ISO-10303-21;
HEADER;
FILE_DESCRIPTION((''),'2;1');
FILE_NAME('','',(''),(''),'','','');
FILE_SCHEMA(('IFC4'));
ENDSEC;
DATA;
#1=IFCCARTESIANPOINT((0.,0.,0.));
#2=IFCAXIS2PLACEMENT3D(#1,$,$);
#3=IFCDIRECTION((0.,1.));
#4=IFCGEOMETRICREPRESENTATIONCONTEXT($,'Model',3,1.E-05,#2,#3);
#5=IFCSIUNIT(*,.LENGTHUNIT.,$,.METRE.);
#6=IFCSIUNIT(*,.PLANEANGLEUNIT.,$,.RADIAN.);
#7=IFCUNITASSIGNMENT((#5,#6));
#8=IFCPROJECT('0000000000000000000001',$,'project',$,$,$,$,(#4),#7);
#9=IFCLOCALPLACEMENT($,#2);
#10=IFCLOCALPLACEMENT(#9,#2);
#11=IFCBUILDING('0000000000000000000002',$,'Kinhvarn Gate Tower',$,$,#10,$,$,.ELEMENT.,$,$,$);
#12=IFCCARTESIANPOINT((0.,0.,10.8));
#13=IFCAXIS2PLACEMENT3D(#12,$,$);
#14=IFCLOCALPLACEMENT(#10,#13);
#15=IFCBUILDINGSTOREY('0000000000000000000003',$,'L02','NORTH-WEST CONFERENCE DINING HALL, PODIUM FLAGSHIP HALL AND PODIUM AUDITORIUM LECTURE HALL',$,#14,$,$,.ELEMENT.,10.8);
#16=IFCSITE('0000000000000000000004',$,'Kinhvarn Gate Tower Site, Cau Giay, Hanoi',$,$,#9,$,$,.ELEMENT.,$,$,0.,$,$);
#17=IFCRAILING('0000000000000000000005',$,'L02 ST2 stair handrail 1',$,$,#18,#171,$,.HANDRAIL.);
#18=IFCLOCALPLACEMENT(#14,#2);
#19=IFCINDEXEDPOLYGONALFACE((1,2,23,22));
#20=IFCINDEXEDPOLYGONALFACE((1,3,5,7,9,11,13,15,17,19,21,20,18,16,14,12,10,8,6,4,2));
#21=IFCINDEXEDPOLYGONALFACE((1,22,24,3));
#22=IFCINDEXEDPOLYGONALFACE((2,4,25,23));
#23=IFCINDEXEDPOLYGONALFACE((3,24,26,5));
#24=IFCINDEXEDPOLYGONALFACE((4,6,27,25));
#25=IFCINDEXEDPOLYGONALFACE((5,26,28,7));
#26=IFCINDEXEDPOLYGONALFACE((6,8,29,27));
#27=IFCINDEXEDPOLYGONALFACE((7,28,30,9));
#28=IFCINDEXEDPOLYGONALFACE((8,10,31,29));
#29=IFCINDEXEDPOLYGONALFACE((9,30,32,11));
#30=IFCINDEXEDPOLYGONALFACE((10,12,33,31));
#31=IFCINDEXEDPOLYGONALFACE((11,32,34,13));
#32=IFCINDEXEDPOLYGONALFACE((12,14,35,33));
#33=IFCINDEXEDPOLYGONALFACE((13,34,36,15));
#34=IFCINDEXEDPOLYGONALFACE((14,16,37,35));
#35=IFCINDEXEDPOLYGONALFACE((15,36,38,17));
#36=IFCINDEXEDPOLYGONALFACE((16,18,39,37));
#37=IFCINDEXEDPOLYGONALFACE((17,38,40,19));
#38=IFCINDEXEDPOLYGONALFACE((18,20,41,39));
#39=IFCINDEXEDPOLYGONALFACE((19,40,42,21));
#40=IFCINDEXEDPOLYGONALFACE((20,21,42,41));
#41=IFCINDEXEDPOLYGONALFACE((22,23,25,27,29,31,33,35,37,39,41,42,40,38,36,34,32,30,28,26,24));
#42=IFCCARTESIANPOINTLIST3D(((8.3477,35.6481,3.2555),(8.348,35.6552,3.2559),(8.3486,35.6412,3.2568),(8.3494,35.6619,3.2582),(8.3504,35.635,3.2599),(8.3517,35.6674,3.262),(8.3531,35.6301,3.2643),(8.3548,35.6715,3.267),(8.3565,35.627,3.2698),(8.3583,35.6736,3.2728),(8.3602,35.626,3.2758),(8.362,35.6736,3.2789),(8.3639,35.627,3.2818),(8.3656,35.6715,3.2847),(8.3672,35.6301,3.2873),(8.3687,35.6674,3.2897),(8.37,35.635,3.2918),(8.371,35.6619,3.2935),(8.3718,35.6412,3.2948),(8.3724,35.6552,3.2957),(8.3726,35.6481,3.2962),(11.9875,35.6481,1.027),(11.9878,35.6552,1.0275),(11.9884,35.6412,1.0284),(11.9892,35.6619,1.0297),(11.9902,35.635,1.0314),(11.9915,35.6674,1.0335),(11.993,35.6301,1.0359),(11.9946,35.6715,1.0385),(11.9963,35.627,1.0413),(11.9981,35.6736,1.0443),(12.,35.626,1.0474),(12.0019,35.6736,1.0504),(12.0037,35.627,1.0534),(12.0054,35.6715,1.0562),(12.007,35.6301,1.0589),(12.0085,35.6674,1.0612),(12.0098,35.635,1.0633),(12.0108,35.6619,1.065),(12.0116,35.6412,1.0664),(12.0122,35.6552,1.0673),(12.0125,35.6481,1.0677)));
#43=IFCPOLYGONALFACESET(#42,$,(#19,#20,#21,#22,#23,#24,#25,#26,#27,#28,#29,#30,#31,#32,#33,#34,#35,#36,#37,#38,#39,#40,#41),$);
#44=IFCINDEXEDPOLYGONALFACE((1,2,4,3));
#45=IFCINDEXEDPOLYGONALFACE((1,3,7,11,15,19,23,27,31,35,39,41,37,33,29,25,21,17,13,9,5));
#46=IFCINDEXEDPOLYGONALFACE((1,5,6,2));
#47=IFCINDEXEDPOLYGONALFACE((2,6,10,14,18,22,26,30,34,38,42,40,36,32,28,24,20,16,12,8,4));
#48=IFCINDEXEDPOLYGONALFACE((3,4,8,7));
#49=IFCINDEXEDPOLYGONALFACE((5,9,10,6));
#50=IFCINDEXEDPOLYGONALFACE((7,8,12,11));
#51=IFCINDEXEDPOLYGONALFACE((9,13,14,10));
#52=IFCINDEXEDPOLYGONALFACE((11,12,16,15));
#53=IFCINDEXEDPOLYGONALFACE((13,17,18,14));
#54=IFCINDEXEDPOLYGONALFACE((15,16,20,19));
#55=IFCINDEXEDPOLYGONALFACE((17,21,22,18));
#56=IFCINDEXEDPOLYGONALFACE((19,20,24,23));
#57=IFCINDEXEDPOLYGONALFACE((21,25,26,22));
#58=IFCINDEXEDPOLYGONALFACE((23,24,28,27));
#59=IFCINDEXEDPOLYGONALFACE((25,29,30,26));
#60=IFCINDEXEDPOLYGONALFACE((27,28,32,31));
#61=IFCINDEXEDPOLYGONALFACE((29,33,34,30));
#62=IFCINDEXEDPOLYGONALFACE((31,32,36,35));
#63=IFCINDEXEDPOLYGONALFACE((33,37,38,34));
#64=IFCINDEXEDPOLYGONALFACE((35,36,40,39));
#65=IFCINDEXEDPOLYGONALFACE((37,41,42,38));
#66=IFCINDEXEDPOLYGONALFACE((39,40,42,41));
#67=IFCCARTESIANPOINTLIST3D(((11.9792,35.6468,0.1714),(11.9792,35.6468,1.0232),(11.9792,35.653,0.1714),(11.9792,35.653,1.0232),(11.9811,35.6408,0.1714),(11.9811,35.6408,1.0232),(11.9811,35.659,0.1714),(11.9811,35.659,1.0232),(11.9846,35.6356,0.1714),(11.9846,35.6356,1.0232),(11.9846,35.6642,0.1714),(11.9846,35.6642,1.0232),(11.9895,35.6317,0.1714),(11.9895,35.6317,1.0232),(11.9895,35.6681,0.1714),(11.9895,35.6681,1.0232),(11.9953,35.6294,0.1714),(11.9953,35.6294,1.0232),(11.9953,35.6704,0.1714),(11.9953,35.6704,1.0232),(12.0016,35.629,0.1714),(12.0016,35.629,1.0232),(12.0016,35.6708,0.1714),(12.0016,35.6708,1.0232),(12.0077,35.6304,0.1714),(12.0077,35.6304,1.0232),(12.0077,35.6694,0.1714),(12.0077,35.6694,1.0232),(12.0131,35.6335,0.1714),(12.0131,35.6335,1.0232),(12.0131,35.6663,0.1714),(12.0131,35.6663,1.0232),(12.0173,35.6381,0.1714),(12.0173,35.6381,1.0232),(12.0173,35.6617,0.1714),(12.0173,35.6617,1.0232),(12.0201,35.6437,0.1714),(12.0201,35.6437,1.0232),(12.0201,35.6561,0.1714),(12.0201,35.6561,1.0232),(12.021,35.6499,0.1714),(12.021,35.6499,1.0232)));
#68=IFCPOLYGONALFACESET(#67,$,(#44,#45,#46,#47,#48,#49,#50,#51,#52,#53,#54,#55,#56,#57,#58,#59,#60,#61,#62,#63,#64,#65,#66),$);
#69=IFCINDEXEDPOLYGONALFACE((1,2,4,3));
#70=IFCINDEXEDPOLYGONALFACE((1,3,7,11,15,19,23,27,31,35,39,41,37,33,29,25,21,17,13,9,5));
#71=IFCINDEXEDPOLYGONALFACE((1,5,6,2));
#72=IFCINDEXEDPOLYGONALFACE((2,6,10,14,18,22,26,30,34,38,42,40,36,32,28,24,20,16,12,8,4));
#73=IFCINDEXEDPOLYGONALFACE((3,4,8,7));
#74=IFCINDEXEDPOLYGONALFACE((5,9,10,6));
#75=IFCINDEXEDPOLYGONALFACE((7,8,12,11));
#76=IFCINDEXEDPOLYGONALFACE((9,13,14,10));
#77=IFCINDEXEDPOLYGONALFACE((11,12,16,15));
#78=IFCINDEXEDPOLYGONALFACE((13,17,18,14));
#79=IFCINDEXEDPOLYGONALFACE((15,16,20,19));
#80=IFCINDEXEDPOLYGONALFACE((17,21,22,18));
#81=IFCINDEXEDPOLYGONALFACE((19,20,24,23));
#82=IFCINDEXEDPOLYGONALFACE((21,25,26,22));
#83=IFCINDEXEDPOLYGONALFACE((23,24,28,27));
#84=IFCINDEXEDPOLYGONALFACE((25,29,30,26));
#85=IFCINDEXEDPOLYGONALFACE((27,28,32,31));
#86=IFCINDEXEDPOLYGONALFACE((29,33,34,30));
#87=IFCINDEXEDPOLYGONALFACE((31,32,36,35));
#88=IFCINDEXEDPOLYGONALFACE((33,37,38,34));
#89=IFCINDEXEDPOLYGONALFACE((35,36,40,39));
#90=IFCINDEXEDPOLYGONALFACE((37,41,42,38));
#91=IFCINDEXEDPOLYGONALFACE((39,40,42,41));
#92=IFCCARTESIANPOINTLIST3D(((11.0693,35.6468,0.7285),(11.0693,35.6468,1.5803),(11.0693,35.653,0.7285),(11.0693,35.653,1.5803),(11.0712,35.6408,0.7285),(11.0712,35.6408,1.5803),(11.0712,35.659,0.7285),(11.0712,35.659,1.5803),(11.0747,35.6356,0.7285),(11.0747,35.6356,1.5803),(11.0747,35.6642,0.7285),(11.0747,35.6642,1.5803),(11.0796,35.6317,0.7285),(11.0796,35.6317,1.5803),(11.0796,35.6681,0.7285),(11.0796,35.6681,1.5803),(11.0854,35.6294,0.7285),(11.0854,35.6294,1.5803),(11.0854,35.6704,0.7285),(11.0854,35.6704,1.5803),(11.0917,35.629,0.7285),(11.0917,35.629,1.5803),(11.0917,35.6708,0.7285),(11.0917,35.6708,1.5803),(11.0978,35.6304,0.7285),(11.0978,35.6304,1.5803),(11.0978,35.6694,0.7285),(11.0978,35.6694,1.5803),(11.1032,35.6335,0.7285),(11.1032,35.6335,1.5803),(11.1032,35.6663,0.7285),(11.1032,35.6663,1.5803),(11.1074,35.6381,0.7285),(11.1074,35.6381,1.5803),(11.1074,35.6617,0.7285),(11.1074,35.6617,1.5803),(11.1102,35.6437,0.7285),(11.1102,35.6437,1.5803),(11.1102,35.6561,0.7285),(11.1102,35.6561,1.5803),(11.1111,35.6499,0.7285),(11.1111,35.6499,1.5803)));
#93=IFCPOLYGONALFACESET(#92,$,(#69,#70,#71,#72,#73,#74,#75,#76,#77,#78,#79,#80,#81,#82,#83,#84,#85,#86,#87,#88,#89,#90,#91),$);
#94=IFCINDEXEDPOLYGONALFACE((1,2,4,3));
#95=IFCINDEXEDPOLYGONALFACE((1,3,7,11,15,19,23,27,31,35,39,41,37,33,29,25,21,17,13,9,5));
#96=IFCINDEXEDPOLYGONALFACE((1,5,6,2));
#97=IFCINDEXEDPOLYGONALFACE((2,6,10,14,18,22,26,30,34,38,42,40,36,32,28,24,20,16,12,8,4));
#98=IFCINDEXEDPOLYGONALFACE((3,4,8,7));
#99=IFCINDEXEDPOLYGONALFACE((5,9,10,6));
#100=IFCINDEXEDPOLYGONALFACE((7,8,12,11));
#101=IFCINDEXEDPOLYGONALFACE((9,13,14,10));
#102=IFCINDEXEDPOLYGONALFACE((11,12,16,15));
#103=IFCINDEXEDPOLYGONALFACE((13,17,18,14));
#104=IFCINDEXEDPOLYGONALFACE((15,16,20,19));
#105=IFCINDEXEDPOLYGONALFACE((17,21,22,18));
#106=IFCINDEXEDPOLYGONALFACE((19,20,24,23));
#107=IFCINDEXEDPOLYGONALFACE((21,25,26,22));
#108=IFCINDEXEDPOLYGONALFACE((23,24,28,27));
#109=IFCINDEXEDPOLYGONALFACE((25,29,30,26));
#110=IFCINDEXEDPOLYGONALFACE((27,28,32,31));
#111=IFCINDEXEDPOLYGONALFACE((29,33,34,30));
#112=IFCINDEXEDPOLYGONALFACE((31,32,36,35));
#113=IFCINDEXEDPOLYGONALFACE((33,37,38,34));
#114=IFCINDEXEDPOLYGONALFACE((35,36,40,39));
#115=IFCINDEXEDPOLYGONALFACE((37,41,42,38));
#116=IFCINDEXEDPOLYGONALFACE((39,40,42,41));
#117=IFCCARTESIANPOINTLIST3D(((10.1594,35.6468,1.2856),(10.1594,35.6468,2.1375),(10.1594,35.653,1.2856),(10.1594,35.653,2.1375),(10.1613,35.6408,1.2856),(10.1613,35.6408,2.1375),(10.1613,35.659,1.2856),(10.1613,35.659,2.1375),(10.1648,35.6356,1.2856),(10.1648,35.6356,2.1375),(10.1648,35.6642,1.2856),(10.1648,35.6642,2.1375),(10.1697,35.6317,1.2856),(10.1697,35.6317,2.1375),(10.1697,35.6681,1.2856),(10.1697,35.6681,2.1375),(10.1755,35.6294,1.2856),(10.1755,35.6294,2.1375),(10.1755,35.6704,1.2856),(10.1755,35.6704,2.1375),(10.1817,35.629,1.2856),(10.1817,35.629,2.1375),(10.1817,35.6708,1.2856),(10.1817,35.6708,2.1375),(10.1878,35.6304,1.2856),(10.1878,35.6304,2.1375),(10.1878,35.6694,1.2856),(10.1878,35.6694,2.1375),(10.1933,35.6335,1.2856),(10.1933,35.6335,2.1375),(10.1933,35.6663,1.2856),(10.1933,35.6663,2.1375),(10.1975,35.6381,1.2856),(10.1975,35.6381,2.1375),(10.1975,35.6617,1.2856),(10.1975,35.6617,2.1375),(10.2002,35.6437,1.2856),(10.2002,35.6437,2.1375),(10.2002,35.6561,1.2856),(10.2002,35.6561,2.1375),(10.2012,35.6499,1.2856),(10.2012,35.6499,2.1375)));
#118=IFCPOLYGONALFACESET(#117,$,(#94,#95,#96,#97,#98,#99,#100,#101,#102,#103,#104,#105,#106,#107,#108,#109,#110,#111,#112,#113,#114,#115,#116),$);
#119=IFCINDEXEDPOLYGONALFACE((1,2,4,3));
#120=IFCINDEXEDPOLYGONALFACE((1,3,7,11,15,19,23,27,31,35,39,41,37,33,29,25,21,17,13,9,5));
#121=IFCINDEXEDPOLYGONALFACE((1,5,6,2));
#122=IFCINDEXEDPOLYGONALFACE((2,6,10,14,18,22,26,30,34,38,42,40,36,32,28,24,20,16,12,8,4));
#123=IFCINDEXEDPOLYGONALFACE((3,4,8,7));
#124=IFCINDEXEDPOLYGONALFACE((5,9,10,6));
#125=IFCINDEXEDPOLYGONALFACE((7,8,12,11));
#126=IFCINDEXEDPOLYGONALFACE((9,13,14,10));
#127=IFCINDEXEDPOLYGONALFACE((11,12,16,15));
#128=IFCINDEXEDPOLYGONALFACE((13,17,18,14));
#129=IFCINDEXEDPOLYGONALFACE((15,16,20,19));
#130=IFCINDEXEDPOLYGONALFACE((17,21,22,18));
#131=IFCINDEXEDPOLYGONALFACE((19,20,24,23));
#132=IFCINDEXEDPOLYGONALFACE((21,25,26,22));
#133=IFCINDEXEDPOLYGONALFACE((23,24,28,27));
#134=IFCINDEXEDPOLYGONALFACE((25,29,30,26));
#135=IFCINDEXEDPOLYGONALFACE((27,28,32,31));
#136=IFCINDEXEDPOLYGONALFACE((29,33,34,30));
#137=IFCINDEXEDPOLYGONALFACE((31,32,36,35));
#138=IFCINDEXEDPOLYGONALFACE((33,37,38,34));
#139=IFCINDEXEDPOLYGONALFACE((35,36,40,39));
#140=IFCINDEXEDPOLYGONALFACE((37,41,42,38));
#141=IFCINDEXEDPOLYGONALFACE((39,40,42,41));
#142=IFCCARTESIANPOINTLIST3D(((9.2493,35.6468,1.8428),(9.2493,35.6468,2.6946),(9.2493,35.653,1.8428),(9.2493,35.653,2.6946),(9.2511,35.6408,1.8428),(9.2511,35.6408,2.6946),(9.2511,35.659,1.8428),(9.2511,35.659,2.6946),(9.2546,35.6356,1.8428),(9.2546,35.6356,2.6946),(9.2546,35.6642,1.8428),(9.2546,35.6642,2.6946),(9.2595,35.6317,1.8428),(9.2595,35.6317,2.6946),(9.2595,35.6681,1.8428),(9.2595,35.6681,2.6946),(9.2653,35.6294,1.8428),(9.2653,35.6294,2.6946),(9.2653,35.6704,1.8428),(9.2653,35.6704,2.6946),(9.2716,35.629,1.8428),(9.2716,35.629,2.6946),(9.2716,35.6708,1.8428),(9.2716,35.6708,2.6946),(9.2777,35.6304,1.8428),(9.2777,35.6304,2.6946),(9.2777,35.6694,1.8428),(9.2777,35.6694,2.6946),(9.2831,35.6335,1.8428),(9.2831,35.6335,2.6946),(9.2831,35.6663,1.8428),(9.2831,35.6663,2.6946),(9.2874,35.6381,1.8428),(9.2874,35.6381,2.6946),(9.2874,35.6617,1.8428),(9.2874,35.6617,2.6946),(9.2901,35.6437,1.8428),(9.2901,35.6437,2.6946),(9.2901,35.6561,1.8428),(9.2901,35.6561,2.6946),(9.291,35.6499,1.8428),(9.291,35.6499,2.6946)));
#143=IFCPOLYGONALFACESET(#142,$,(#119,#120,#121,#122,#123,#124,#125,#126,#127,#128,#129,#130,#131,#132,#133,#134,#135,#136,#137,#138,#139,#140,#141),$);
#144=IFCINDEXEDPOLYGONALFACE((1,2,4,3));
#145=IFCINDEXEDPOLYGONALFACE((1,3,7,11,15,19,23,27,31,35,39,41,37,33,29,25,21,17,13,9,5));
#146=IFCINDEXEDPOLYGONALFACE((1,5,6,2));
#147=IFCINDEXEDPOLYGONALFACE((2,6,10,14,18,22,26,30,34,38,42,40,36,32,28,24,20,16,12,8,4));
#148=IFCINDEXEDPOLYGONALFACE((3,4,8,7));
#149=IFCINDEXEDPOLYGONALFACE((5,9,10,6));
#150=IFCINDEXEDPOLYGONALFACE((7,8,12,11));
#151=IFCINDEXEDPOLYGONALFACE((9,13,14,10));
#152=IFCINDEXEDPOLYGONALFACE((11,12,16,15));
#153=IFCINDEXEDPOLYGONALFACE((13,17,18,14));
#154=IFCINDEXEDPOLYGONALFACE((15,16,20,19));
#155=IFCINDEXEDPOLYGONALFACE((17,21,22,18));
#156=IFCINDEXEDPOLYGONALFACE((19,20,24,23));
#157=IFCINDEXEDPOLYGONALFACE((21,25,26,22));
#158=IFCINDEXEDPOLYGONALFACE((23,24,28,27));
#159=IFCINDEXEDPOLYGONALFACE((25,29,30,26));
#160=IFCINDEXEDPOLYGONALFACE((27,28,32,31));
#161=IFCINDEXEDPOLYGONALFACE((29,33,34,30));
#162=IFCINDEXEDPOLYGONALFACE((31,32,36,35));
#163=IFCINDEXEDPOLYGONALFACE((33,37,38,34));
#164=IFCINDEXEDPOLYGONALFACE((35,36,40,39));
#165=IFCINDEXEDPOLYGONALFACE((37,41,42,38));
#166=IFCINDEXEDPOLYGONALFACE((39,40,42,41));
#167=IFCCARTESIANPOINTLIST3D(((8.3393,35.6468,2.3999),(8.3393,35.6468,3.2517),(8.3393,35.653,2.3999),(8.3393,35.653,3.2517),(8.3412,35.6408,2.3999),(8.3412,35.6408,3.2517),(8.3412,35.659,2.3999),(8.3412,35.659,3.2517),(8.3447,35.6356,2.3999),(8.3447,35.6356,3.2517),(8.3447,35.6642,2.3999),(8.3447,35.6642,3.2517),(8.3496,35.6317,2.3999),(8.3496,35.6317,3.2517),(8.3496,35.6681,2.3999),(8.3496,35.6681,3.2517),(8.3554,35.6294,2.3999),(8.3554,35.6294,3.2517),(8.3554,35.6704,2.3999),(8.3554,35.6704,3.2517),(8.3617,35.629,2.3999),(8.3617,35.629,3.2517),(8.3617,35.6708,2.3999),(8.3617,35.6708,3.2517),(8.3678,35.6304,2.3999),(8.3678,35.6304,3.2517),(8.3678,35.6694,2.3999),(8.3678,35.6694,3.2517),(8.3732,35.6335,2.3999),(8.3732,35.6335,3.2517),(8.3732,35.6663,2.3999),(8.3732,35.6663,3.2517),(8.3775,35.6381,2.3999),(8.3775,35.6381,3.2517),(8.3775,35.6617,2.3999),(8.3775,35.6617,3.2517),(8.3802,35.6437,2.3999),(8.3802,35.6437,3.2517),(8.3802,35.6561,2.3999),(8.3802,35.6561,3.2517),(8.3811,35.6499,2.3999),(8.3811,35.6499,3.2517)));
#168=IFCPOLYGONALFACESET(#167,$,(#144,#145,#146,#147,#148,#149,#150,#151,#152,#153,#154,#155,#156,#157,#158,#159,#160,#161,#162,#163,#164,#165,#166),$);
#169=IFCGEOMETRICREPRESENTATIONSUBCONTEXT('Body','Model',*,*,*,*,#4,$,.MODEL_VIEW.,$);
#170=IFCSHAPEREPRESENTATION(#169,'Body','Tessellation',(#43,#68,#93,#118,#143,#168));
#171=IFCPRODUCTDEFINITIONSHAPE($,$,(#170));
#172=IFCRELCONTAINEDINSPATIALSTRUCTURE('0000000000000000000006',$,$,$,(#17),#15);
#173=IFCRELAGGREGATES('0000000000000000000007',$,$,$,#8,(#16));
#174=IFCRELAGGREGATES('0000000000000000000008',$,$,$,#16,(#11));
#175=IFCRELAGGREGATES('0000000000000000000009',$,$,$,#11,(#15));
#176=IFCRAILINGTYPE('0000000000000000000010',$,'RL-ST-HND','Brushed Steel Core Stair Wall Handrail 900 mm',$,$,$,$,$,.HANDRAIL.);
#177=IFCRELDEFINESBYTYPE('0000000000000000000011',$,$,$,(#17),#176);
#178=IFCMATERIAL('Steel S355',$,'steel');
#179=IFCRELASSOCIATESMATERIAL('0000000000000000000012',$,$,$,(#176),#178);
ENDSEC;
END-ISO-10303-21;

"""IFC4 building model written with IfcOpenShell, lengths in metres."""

from ifc_helpers import new_model, si_unit, direction, frame, origin, origin_2d, place, context, subcontext, project, spatial, circle, extrude, material, type_object, element, save


model = new_model("IFC4")

# Units and contexts
model_context = context("Model", 3, precision=1e-05, world=origin(), true_north=direction((0.0, 1.0)))
body_context = subcontext(model_context, "Body", "Model", "MODEL_VIEW")
ifc_project = project(units=[si_unit("LENGTHUNIT", "METRE"), si_unit("PLANEANGLEUNIT", "RADIAN")], contexts=[model_context])

# Site, building, storey
site_placement = place(None, origin())
site = spatial("IfcSite", under=ifc_project, at=site_placement, Name="Kinhvarn Gate Tower Site, Cau Giay, Hanoi", CompositionType="ELEMENT", RefElevation=0.0)
building_placement = place(site_placement, origin())
building = spatial("IfcBuilding", under=site, at=building_placement, Name="Kinhvarn Gate Tower", CompositionType="ELEMENT")
storey_placement = place(building_placement, frame((0.0, 0.0, 10.8)))
storey = spatial("IfcBuildingStorey", under=building, at=storey_placement, Name="L02", Description="NORTH-WEST CONFERENCE DINING HALL, PODIUM FLAGSHIP HALL AND PODIUM AUDITORIUM LECTURE HALL", CompositionType="ELEMENT", Elevation=10.8)

# Shared definitions
ifc_material_1 = material(Name="Steel S355", Category="steel")

# Railing
railing_type_1 = type_object("IfcRailingType", Name="RL-ST-HND", Description="Brushed Steel Core Stair Wall Handrail 900 mm", PredefinedType="HANDRAIL", material=ifc_material_1)
railing_1_placement = place(storey_placement, frame((12.0, 35.6499, 0.1714)))
element("IfcRailing", 1, at=railing_1_placement, inside=storey, type_object=railing_type_1, Name="L02 ST2 stair handrail 1", PredefinedType="HANDRAIL", context=body_context, shape_type="SweptSolid", body=[
    extrude(circle(Radius=0.0239, at=origin_2d()), frame((0.0, 0.0, 0.876), z_axis=(-0.85285, 0.0, 0.522156), x_axis=(0.0, -1.0, 0.0)), (0.0, 0.0, 1.0), 4.2678),
    extrude(circle(Radius=0.021, at=origin_2d()), origin(), (0.0, 0.0, 1.0), 0.8518),
    extrude(circle(Radius=0.021, at=origin_2d()), frame((-0.9099, 0.0, 0.5571)), (0.0, 0.0, 1.0), 0.8518),
    extrude(circle(Radius=0.021, at=origin_2d()), frame((-1.8198, 0.0, 1.1143)), (0.0, 0.0, 1.0), 0.8518),
    extrude(circle(Radius=0.021, at=origin_2d()), frame((-2.73, 0.0, 1.6714)), (0.0, 0.0, 1.0), 0.8518),
    extrude(circle(Radius=0.021, at=origin_2d()), frame((-3.6399, 0.0, 2.2285)), (0.0, 0.0, 1.0), 0.8518),
])

save(model, "model.ifc")
